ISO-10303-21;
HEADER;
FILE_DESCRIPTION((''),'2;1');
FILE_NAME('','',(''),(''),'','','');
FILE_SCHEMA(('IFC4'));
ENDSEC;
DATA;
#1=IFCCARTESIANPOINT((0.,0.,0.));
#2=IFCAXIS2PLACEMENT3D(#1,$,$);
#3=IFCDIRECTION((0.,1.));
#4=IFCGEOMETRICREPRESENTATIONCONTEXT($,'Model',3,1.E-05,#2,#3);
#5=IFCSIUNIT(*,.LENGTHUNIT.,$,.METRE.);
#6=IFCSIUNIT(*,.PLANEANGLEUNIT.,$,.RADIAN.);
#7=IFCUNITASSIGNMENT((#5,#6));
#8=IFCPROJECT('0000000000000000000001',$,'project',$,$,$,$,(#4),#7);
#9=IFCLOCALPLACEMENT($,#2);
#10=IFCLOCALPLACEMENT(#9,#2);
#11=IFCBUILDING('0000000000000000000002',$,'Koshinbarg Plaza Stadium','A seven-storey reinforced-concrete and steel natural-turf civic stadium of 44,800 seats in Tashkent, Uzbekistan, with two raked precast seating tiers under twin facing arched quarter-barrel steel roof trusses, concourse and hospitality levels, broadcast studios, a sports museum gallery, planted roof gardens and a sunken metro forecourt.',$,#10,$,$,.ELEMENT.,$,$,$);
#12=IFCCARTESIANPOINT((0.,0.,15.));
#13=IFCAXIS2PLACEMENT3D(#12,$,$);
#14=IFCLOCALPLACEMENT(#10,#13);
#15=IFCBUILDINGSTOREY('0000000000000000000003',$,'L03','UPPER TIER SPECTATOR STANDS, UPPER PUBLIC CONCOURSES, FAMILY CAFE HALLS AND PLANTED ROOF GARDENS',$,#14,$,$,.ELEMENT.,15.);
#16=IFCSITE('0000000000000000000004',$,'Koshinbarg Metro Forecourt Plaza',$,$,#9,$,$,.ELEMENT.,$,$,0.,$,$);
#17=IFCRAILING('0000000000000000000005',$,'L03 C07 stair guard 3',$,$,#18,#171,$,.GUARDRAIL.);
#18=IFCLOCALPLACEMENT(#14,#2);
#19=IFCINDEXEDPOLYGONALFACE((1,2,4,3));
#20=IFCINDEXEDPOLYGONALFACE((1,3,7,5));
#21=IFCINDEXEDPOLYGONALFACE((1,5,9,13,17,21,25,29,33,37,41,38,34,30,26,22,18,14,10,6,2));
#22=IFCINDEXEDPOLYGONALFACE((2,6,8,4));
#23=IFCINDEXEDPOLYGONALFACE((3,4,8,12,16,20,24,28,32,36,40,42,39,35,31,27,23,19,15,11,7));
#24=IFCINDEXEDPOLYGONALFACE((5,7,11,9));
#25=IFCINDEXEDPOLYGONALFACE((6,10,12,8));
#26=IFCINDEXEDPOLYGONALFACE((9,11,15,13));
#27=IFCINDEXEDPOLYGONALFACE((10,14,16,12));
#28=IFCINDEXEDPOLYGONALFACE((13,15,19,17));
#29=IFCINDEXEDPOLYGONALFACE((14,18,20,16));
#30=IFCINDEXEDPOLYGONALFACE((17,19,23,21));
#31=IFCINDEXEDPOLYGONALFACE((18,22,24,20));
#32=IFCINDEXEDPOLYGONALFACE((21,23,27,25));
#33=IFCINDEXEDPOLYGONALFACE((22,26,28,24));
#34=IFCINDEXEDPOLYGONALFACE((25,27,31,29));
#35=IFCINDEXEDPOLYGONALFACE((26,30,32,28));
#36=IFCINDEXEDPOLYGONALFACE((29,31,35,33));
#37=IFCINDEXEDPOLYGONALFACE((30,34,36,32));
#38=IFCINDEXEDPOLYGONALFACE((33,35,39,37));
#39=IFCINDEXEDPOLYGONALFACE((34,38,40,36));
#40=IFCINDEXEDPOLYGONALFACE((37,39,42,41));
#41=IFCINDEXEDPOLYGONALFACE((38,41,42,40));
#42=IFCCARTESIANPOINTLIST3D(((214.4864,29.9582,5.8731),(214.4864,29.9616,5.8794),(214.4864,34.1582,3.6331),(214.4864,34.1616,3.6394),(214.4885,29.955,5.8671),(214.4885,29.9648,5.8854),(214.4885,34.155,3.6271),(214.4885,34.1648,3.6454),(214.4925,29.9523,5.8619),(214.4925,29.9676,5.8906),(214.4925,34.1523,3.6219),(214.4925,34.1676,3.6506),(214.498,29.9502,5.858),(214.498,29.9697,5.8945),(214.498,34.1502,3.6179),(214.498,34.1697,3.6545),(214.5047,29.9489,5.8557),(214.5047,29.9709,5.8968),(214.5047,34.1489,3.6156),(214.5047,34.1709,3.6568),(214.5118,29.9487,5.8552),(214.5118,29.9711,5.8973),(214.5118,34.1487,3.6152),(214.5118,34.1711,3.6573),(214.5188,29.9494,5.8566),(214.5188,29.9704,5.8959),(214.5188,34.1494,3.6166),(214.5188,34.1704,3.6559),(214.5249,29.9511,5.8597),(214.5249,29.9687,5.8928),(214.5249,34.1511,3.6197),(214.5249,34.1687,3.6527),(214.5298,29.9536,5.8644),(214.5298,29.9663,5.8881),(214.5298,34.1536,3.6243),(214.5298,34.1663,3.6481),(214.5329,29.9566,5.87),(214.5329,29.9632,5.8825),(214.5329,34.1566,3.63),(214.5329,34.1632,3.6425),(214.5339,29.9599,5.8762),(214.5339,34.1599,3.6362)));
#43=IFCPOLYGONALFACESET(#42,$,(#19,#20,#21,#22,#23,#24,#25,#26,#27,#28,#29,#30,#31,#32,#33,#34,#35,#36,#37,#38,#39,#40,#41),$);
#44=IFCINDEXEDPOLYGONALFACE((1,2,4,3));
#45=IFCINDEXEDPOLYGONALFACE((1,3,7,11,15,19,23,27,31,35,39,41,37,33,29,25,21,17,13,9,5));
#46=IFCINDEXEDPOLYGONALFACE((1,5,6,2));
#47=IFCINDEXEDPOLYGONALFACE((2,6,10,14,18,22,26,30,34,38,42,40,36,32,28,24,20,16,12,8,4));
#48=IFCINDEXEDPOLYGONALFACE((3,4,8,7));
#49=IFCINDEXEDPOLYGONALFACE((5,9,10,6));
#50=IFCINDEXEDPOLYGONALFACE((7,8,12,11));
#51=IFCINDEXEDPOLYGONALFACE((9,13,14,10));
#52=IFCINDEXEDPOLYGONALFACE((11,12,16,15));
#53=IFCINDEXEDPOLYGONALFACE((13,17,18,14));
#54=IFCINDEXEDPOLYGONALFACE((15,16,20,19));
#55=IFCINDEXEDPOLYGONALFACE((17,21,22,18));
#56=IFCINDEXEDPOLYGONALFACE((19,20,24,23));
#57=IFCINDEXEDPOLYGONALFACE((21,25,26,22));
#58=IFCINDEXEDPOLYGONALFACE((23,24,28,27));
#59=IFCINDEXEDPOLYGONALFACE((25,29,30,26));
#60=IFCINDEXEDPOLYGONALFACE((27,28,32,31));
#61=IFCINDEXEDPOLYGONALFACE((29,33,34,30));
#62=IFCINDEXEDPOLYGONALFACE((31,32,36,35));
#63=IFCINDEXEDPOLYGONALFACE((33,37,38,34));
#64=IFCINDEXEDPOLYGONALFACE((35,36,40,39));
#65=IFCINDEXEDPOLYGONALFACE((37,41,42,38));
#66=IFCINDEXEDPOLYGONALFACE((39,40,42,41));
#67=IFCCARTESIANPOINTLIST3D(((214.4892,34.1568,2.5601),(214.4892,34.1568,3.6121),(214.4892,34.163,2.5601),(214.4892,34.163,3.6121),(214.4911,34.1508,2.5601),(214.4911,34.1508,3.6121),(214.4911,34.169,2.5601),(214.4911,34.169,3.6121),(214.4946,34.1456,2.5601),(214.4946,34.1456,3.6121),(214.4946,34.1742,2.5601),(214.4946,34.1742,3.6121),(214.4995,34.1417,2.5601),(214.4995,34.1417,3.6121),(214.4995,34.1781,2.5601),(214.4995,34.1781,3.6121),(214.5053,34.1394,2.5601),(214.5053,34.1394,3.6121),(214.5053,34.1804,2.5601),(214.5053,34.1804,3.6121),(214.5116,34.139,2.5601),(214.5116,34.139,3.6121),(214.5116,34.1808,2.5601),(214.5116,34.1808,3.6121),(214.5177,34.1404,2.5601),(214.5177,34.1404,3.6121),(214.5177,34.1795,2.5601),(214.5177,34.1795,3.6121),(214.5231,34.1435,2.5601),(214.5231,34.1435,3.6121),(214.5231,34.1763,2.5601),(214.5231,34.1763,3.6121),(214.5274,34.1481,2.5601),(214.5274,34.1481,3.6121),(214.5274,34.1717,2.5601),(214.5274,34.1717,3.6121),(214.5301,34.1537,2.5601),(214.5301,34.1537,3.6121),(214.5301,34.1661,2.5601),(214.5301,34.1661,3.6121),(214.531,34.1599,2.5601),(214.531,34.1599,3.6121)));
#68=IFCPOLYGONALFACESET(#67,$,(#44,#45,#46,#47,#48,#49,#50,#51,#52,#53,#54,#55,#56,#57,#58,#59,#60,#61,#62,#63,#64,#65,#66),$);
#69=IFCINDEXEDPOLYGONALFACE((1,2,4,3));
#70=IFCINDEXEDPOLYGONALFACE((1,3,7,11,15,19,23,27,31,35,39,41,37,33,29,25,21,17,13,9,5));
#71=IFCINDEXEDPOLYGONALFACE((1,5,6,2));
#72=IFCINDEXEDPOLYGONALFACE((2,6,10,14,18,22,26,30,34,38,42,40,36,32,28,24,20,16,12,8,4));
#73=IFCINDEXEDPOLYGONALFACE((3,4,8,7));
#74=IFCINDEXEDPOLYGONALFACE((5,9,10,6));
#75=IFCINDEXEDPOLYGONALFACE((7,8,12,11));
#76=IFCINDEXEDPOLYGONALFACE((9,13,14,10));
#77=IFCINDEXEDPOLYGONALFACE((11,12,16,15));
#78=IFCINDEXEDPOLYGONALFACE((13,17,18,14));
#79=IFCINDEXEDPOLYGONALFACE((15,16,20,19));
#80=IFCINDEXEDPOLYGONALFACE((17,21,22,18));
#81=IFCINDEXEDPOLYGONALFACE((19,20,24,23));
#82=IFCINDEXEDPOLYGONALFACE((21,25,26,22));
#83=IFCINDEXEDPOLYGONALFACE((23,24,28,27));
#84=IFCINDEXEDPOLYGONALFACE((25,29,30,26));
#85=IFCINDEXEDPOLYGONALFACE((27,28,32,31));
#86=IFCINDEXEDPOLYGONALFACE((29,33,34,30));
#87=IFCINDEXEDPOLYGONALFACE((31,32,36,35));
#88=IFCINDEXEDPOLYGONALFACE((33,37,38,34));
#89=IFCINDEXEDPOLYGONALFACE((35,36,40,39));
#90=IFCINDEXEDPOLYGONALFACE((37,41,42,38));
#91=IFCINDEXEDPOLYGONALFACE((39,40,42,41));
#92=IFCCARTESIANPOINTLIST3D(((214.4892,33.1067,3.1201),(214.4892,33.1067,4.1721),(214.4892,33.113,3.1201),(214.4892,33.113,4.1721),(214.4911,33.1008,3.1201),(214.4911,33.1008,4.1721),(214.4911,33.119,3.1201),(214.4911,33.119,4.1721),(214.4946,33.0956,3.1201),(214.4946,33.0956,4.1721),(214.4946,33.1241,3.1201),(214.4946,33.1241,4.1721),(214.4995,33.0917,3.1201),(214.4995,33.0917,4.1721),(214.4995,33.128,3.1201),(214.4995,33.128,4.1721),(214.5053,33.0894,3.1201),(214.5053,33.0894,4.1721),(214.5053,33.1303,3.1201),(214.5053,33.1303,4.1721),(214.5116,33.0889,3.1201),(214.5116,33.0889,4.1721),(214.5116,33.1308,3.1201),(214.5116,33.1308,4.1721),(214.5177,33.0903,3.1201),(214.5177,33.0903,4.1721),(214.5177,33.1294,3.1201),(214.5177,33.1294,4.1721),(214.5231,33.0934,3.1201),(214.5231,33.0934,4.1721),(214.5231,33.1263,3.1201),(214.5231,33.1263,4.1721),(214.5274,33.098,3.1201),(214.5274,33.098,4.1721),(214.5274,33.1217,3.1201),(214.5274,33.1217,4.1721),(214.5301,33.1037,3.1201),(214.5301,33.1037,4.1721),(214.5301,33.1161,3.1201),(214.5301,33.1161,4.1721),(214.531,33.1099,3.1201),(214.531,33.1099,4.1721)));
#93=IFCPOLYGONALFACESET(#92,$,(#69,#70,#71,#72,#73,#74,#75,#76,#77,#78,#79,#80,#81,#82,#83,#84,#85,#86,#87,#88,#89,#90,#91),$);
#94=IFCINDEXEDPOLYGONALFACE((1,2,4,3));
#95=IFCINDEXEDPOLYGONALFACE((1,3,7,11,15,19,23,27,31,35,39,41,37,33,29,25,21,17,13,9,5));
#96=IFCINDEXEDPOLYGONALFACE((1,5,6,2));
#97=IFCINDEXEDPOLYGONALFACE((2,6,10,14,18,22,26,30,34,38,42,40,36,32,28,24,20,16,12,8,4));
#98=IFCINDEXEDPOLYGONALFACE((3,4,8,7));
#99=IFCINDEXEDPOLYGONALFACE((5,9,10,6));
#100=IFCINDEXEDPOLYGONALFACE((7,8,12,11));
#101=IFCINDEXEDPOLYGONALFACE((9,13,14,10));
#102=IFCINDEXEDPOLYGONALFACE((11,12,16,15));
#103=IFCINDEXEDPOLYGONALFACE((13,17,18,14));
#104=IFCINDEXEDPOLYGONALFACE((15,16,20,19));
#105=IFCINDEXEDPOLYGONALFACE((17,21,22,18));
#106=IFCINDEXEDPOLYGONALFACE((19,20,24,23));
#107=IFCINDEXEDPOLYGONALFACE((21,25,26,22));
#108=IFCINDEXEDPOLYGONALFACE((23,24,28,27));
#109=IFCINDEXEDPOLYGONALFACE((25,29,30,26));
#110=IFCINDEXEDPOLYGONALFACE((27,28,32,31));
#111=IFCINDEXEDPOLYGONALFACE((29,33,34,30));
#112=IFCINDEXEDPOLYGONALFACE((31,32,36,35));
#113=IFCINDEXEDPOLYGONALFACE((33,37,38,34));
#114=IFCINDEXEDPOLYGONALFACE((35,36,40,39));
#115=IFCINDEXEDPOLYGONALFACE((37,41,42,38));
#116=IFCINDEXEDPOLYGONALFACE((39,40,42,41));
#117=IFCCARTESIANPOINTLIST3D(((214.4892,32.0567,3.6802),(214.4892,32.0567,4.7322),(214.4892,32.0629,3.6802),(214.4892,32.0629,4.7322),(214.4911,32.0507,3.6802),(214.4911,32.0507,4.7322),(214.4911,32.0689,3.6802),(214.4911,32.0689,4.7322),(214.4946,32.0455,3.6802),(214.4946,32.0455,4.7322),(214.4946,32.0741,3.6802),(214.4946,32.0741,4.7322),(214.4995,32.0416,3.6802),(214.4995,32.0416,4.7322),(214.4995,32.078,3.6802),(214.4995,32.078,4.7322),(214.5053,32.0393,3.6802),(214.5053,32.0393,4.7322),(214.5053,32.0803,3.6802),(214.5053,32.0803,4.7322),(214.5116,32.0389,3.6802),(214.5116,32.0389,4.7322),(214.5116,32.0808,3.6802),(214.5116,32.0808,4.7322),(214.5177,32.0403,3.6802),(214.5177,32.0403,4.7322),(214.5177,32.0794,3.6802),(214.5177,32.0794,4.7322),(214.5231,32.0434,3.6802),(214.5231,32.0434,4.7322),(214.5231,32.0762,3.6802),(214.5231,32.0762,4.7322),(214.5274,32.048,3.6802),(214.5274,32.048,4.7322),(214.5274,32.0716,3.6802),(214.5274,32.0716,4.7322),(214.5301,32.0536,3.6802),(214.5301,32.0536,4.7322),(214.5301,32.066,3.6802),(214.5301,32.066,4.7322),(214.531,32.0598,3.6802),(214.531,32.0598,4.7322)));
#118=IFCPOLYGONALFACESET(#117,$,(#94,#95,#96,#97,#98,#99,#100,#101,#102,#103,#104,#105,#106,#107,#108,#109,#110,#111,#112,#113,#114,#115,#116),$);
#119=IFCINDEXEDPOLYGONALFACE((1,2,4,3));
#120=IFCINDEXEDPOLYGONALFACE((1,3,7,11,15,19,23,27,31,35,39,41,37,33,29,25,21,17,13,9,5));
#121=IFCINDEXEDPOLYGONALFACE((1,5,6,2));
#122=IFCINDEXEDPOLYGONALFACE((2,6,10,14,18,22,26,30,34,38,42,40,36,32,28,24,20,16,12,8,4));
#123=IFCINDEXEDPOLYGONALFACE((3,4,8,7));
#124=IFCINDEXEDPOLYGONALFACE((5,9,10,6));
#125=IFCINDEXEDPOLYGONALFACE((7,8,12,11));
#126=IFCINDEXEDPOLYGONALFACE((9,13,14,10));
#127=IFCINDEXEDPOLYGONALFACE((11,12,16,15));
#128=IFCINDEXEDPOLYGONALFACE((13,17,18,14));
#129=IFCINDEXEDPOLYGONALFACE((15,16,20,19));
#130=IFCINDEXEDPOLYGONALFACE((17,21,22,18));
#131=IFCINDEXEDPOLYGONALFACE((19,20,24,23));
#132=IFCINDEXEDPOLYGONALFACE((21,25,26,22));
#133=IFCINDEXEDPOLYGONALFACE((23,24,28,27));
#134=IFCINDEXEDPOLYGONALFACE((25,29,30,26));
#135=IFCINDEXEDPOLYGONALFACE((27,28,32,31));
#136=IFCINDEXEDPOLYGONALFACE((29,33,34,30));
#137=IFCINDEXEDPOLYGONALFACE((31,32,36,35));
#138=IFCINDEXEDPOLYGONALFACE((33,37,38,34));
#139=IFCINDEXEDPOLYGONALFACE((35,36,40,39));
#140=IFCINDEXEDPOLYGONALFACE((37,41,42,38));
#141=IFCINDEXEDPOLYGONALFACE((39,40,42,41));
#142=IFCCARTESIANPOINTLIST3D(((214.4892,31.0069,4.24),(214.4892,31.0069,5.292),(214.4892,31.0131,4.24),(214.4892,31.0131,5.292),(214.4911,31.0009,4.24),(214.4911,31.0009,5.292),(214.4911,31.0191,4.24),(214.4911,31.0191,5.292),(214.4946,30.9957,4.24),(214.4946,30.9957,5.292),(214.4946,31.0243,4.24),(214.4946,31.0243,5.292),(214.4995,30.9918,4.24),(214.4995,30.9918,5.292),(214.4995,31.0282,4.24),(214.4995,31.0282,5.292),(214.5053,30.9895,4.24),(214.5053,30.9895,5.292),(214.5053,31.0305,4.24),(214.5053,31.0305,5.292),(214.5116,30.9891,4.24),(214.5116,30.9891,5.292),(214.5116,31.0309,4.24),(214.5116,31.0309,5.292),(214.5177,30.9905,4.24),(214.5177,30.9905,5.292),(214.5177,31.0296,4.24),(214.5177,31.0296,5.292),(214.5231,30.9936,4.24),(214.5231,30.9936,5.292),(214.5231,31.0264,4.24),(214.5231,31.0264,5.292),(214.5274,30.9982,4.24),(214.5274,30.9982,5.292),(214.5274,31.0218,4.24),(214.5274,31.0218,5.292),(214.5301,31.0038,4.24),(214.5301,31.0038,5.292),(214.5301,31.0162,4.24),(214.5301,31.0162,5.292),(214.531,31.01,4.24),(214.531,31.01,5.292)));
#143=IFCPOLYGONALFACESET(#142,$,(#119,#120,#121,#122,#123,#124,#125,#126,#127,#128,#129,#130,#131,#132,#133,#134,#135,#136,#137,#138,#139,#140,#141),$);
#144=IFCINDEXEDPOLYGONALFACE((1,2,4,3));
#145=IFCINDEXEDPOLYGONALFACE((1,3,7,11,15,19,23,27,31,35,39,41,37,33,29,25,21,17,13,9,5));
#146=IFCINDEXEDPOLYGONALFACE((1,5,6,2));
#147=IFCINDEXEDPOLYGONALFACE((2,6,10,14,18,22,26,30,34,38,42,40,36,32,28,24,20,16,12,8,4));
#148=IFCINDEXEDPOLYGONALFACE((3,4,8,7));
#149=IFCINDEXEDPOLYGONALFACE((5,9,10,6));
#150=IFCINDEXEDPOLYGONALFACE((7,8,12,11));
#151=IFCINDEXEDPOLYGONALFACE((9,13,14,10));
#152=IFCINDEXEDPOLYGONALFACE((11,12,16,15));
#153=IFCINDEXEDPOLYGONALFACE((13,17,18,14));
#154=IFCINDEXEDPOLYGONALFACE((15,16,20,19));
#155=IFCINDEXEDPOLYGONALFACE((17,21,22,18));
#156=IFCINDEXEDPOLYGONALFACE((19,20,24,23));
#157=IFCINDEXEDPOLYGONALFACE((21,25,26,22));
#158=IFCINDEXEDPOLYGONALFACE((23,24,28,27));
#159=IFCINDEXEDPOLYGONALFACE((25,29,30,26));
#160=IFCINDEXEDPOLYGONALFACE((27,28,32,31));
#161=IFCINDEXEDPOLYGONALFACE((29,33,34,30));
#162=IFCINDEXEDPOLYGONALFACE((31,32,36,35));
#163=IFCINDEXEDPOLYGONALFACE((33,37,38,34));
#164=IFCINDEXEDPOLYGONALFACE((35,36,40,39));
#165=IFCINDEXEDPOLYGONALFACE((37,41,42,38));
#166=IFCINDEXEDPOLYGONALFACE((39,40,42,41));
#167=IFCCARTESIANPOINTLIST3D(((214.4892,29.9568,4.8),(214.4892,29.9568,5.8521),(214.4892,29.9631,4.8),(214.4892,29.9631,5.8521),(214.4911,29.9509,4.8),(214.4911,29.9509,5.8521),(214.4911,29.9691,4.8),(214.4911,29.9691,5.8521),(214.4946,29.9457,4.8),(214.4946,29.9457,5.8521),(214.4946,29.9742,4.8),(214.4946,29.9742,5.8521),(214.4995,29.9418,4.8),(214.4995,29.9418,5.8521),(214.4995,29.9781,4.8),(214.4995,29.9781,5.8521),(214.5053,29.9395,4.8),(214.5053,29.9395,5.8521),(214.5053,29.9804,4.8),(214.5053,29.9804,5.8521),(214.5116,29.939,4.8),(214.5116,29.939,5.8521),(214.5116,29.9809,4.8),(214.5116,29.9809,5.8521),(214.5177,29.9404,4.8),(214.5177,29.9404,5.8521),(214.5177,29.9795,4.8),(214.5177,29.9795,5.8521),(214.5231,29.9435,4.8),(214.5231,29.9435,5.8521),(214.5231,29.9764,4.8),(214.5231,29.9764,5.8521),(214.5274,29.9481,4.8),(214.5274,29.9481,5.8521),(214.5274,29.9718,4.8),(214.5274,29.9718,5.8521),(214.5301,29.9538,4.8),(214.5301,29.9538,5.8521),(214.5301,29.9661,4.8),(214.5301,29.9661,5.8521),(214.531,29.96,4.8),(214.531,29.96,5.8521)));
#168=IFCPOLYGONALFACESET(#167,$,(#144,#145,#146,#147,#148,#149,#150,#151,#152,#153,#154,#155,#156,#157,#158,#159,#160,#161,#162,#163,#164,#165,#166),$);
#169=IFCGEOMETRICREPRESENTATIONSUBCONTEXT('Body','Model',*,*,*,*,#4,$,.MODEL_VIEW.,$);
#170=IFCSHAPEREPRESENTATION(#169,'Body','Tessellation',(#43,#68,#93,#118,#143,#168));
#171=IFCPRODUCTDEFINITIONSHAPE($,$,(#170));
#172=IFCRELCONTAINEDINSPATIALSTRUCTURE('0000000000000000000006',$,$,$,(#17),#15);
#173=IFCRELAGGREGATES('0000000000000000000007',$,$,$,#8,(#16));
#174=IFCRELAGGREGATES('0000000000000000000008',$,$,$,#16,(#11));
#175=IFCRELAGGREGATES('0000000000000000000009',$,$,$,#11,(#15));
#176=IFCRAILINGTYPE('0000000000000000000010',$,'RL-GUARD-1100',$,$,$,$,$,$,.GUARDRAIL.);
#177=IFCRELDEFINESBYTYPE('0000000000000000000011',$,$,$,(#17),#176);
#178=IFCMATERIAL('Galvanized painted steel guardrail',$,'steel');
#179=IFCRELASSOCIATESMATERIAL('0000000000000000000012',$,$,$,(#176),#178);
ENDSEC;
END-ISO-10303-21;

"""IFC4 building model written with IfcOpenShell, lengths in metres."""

from ifc_helpers import new_model, si_unit, direction, frame, origin, origin_2d, place, context, subcontext, project, spatial, circle, extrude, material, type_object, element, save


model = new_model("IFC4")

# Units and contexts
model_context = context("Model", 3, precision=1e-05, world=origin(), true_north=direction((0.0, 1.0)))
body_context = subcontext(model_context, "Body", "Model", "MODEL_VIEW")
ifc_project = project(units=[si_unit("LENGTHUNIT", "METRE"), si_unit("PLANEANGLEUNIT", "RADIAN")], contexts=[model_context])

# Site, building, storey
site_placement = place(None, origin())
site = spatial("IfcSite", under=ifc_project, at=site_placement, Name="Koshinbarg Metro Forecourt Plaza", CompositionType="ELEMENT", RefElevation=0.0)
building_placement = place(site_placement, origin())
building = spatial("IfcBuilding", under=site, at=building_placement, Name="Koshinbarg Plaza Stadium", Description="A seven-storey reinforced-concrete and steel natural-turf civic stadium of 44,800 seats in Tashkent, Uzbekistan, with two raked precast seating tiers under twin facing arched quarter-barrel steel roof trusses, concourse and hospitality levels, broadcast studios, a sports museum gallery, planted roof gardens and a sunken metro forecourt.", CompositionType="ELEMENT")
storey_placement = place(building_placement, frame((0.0, 0.0, 15.0)))
storey = spatial("IfcBuildingStorey", under=building, at=storey_placement, Name="L03", Description="UPPER TIER SPECTATOR STANDS, UPPER PUBLIC CONCOURSES, FAMILY CAFE HALLS AND PLANTED ROOF GARDENS", CompositionType="ELEMENT", Elevation=15.0)

# Railing
ifc_material_1 = material(Name="Galvanized painted steel guardrail", Category="steel")
railing_type_1 = type_object("IfcRailingType", Name="RL-GUARD-1100", PredefinedType="GUARDRAIL", material=ifc_material_1)
railing_1_placement = place(storey_placement, frame((214.51, 34.1599, 2.5601)))
element("IfcRailing", 1, at=railing_1_placement, inside=storey, type_object=railing_type_1, Name="L03 C07 stair guard 3", PredefinedType="GUARDRAIL", context=body_context, shape_type="SweptSolid", body=[
    extrude(circle(Radius=0.0239, at=origin_2d()), frame((0.0, 0.0, 1.0762), z_axis=(0.0, -0.882352, 0.470591), x_axis=(1.0, 0.0, 0.0)), (0.0, 0.0, 1.0), 4.76),
    extrude(circle(Radius=0.021, at=origin_2d()), origin(), (0.0, 0.0, 1.0), 1.052),
    extrude(circle(Radius=0.021, at=origin_2d()), frame((0.0, -1.05, 0.5601)), (0.0, 0.0, 1.0), 1.052),
    extrude(circle(Radius=0.021, at=origin_2d()), frame((0.0, -2.1001, 1.1201)), (0.0, 0.0, 1.0), 1.052),
    extrude(circle(Radius=0.021, at=origin_2d()), frame((0.0, -3.1499, 1.6799)), (0.0, 0.0, 1.0), 1.052),
    extrude(circle(Radius=0.021, at=origin_2d()), frame((0.0, -4.2, 2.24)), (0.0, 0.0, 1.0), 1.052),
])

save(model, "model.ifc")
